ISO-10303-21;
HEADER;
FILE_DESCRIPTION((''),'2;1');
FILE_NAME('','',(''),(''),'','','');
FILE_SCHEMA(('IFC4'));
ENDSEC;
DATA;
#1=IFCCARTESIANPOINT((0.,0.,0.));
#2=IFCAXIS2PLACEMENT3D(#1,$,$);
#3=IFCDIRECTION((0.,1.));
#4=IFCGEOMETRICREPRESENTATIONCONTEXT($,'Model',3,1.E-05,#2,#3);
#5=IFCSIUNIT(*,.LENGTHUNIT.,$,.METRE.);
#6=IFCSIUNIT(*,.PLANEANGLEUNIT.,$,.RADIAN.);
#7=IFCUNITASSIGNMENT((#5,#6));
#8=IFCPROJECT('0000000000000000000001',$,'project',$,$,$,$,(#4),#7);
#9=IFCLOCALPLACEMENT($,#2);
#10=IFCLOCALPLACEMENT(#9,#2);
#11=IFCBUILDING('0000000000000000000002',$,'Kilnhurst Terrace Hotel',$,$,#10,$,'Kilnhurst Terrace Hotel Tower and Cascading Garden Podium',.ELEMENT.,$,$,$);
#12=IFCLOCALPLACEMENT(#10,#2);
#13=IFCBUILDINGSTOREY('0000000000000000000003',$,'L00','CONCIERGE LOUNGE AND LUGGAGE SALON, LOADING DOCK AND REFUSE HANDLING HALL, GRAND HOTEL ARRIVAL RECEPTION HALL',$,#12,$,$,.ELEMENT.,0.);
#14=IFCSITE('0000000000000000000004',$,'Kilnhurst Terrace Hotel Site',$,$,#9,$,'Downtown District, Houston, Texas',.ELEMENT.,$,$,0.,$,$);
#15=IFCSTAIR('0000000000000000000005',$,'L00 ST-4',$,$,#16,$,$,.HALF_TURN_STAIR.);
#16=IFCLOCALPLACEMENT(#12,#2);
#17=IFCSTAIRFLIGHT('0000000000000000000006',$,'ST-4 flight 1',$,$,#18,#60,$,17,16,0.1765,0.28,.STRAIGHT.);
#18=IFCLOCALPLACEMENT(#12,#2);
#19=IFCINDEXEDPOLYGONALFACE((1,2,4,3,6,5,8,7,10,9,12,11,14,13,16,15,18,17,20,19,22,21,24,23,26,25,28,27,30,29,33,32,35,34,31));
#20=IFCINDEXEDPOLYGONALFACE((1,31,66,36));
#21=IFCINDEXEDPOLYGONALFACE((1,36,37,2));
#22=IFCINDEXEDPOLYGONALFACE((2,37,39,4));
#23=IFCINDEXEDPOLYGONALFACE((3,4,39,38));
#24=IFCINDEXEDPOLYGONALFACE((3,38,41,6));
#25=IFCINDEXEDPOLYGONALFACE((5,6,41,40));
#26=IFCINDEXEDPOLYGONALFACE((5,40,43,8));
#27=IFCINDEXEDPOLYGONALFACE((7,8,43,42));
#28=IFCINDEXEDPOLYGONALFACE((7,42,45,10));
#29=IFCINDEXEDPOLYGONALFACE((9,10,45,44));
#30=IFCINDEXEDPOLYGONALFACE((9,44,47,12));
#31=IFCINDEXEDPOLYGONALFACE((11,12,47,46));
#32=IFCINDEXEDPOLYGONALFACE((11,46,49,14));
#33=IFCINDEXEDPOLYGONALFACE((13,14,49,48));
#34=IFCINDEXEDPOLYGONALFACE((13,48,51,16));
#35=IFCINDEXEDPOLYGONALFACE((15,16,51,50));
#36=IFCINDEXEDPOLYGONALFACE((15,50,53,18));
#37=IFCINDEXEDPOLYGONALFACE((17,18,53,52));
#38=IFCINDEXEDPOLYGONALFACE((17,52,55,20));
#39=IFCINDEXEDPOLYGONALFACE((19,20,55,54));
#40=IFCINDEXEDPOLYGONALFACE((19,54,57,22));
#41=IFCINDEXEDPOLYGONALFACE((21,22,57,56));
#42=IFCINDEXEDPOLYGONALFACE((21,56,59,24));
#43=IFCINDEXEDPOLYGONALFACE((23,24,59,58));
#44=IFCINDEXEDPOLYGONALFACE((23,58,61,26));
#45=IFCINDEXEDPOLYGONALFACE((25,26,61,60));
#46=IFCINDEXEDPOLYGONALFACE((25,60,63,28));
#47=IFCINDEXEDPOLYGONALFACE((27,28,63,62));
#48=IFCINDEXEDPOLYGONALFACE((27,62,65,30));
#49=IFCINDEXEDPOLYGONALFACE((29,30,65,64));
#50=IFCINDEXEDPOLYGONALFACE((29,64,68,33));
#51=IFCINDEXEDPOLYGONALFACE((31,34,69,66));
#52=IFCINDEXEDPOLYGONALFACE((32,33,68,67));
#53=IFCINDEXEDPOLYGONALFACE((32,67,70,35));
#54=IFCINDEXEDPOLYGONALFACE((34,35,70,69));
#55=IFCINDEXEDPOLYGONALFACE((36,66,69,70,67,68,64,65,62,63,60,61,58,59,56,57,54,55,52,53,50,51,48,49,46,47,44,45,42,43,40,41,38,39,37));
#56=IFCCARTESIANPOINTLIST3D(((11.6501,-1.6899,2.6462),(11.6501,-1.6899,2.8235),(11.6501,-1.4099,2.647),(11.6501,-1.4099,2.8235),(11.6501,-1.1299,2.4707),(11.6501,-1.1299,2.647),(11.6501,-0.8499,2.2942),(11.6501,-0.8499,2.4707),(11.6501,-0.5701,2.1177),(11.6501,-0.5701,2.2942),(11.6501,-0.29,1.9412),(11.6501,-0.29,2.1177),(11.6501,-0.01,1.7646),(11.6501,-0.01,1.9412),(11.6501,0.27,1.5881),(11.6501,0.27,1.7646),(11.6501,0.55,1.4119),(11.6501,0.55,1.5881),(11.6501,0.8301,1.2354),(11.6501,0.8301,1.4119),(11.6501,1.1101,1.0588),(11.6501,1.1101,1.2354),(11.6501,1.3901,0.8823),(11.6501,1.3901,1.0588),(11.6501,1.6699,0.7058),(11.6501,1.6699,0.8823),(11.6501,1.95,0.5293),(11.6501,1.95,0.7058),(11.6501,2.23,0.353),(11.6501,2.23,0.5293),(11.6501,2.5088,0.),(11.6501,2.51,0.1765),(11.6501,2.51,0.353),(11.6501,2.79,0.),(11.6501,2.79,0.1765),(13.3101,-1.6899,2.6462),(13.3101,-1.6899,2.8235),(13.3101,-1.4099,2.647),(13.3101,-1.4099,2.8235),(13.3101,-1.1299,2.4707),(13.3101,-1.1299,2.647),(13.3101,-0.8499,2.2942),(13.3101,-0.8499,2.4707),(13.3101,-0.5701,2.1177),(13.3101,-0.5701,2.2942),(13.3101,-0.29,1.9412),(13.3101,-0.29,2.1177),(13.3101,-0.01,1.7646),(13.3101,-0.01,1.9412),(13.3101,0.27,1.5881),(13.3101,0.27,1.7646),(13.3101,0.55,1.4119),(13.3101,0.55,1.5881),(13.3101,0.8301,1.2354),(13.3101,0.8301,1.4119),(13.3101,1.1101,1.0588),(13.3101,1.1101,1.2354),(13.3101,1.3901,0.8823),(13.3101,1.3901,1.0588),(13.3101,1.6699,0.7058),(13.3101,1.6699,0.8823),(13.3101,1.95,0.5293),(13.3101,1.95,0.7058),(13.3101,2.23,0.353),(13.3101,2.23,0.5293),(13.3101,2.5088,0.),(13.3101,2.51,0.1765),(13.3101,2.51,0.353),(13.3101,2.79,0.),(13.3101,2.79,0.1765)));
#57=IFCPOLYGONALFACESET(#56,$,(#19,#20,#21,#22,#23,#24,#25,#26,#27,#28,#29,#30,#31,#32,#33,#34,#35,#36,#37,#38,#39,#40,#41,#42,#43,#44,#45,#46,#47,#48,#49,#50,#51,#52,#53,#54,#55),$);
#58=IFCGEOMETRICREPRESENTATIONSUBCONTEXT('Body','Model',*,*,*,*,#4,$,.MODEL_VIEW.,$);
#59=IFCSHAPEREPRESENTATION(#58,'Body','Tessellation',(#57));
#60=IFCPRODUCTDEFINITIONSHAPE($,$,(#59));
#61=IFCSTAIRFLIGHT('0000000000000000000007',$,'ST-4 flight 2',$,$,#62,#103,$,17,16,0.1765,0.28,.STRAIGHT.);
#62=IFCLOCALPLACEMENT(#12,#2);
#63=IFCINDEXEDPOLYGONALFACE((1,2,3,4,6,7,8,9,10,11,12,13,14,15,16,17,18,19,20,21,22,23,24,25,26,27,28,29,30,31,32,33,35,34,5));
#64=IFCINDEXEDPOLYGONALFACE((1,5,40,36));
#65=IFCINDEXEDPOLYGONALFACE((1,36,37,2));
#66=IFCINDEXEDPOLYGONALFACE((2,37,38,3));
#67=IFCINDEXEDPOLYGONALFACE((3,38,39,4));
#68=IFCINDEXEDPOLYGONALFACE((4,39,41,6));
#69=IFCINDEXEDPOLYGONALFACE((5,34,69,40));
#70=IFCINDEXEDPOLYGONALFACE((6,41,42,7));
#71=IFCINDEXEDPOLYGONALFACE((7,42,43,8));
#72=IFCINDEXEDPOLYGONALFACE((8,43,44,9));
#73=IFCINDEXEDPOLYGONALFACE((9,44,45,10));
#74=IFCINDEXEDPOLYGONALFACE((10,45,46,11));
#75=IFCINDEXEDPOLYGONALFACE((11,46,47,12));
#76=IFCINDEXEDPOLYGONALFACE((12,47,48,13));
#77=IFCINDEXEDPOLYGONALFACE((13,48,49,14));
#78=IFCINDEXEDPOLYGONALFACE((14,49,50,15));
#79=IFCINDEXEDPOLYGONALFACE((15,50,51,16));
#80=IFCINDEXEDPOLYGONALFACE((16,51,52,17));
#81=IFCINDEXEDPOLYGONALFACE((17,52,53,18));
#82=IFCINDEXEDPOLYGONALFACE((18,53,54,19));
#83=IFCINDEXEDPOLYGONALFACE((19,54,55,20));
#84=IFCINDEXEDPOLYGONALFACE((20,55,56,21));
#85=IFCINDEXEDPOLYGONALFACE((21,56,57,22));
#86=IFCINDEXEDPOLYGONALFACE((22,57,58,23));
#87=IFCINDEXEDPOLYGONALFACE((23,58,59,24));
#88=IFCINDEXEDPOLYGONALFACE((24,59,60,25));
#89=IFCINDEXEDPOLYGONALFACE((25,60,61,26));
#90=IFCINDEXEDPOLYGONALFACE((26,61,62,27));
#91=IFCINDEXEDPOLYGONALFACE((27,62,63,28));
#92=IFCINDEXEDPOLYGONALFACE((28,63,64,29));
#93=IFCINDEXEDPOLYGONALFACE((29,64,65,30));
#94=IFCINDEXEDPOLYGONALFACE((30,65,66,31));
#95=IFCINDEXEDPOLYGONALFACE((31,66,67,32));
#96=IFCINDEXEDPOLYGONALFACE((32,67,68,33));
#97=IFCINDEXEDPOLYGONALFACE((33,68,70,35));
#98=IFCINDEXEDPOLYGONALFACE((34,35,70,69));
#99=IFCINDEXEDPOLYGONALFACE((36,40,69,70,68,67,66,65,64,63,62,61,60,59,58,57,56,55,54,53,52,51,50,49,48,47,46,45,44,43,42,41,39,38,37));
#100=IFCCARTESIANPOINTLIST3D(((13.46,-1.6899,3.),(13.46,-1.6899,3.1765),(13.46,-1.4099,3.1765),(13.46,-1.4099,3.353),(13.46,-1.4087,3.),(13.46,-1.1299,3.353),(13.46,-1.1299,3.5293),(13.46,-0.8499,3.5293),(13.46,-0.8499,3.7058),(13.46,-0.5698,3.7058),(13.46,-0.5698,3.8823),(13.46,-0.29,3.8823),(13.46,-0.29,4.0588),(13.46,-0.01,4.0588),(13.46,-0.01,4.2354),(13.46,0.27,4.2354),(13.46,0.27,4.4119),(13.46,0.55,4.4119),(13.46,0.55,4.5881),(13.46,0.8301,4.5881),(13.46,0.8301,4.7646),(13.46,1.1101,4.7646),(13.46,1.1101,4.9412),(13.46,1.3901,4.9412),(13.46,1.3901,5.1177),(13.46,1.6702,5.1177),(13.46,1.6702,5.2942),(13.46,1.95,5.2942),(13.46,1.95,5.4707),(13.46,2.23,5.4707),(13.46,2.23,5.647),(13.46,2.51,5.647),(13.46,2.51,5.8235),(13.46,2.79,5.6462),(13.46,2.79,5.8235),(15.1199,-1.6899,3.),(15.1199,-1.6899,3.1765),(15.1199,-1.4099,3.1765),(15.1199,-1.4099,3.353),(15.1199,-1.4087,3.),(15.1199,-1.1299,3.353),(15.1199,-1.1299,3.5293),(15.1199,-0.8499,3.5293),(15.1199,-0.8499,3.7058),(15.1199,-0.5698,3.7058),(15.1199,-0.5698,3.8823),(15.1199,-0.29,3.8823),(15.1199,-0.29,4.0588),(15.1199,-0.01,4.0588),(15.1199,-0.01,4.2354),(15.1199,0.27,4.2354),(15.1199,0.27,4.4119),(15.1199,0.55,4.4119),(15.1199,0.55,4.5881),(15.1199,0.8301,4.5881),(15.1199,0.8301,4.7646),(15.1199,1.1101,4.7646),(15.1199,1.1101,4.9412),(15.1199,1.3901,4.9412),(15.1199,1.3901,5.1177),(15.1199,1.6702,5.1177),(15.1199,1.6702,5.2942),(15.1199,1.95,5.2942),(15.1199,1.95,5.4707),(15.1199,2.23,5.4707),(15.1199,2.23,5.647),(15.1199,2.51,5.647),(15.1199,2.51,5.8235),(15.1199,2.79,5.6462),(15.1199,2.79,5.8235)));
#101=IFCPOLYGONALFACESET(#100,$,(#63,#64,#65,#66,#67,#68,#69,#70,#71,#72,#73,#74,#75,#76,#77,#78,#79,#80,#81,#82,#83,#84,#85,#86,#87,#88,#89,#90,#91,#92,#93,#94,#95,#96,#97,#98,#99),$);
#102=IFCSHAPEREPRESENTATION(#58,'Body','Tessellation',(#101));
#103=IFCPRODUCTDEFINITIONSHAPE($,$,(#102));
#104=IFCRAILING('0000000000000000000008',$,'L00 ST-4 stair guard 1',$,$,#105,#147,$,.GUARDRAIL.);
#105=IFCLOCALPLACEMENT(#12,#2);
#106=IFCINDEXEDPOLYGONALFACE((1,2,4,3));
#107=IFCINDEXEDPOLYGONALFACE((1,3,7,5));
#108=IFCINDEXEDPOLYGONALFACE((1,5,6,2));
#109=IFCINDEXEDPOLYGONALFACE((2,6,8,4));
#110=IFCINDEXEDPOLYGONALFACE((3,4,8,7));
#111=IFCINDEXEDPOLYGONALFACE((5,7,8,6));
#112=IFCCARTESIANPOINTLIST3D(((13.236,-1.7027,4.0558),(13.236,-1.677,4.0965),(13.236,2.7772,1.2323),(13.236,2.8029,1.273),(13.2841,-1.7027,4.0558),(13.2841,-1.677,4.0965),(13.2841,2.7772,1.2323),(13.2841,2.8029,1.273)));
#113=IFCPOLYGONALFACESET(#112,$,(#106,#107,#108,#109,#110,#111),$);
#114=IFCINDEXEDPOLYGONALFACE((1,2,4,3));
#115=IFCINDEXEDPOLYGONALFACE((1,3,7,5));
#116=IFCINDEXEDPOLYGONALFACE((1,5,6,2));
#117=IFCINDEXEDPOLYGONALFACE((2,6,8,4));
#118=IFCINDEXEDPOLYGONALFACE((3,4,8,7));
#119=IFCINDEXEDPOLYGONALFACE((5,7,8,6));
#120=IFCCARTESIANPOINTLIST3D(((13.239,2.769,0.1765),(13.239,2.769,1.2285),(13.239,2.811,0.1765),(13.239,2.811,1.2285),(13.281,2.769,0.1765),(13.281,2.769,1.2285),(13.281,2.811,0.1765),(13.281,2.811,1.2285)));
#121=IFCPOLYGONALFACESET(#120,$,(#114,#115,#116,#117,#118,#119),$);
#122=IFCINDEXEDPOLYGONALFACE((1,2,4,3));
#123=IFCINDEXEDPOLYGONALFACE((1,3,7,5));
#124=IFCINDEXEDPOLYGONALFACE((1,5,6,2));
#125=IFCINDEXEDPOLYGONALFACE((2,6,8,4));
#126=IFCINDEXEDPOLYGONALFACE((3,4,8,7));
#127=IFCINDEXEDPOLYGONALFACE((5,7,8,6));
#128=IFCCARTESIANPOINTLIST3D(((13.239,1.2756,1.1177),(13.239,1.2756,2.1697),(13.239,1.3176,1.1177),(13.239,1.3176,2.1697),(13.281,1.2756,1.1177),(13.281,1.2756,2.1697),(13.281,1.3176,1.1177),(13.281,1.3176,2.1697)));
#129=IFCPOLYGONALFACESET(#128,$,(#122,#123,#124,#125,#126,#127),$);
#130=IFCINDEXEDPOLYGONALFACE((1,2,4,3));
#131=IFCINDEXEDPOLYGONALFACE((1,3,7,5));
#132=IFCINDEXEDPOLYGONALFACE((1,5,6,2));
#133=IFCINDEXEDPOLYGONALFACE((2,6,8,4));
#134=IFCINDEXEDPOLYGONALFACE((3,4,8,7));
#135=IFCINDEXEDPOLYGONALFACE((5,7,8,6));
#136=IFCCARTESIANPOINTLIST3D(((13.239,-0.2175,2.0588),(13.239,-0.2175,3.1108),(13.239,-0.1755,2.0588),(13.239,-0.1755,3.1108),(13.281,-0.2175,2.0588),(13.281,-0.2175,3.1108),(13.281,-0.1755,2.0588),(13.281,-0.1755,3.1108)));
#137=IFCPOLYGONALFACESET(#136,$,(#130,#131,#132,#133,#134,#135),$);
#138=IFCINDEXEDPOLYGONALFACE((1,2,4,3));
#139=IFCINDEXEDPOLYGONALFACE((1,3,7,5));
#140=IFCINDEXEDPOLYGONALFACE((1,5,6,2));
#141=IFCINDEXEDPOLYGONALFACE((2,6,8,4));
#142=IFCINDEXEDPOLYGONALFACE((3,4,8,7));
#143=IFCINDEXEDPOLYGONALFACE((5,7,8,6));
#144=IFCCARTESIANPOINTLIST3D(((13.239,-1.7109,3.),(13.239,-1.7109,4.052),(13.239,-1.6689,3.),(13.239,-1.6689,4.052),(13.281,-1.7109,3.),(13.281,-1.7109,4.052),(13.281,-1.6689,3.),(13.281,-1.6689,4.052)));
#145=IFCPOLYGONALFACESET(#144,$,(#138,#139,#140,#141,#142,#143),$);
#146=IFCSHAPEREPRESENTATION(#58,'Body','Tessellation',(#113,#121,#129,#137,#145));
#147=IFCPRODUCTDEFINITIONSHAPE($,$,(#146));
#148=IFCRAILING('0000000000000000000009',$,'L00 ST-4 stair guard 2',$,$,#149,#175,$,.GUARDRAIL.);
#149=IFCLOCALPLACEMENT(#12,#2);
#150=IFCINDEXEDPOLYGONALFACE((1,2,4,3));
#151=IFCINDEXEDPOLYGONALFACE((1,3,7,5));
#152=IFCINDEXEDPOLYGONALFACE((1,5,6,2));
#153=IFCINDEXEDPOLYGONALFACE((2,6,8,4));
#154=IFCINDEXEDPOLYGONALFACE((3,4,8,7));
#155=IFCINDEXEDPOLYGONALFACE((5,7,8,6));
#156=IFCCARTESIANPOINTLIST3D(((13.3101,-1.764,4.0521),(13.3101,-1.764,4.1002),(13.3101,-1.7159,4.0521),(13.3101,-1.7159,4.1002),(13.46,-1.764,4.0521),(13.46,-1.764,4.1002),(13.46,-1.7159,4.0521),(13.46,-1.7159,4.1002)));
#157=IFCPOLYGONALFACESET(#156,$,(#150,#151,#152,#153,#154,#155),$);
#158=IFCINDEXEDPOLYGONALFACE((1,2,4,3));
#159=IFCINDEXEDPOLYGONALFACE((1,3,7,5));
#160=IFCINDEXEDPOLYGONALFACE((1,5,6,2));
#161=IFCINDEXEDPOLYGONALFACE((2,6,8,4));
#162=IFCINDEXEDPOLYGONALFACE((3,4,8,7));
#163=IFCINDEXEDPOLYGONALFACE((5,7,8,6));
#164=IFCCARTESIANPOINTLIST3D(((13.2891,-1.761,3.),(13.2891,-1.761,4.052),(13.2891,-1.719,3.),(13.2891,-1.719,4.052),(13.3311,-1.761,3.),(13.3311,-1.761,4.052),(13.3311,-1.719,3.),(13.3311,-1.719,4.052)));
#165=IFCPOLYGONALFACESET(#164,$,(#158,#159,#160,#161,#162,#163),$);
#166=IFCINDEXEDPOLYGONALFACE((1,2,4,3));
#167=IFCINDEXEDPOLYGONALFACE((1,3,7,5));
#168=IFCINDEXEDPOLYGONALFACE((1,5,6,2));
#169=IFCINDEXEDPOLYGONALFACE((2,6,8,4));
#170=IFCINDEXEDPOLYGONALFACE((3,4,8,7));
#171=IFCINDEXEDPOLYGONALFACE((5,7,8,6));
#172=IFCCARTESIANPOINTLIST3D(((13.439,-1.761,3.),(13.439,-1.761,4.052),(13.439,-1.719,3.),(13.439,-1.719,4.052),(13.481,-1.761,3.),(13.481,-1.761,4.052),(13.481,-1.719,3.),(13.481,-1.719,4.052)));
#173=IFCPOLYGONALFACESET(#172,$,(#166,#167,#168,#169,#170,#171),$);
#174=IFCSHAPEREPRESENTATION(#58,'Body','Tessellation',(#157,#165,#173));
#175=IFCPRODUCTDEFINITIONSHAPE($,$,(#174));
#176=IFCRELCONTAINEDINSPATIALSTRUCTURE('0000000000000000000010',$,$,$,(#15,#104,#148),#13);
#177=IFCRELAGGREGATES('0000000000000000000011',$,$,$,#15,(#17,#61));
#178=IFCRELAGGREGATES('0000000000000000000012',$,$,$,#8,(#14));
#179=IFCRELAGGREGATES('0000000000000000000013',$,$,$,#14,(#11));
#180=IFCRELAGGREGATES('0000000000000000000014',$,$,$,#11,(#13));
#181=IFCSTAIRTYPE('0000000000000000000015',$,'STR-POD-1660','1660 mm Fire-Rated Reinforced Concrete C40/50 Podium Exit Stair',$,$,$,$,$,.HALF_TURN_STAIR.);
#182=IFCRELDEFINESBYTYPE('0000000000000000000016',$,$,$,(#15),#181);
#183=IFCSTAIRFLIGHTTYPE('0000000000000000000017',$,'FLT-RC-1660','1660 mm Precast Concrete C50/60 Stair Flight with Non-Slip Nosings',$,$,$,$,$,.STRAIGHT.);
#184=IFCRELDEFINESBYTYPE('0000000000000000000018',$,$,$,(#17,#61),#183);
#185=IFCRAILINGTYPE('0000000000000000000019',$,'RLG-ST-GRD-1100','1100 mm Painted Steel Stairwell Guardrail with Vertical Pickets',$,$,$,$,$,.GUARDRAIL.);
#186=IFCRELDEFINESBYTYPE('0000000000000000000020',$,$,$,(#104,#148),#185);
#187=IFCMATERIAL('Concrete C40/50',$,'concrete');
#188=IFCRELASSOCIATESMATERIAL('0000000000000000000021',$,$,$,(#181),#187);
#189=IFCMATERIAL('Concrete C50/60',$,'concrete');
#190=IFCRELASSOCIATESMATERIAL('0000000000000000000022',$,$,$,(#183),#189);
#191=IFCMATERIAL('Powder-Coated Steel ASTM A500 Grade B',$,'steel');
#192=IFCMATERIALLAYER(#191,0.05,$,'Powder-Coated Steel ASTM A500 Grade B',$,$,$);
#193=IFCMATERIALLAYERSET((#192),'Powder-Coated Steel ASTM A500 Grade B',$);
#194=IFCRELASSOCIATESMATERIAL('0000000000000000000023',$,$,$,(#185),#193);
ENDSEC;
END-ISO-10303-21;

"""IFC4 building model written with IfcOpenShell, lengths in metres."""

from ifc_helpers import new_model, si_unit, direction, frame, origin, origin_2d, place, context, subcontext, project, spatial, polyline, rectangle, outline, extrude, material, layer, layer_set, type_object, element, aggregate, save


model = new_model("IFC4")

# Units and contexts
model_context = context("Model", 3, precision=1e-05, world=origin(), true_north=direction((0.0, 1.0)))
body_context = subcontext(model_context, "Body", "Model", "MODEL_VIEW")
ifc_project = project(units=[si_unit("LENGTHUNIT", "METRE"), si_unit("PLANEANGLEUNIT", "RADIAN")], contexts=[model_context])

# Site, building, storey
site_placement = place(None, origin())
site = spatial("IfcSite", under=ifc_project, at=site_placement, Name="Kilnhurst Terrace Hotel Site", LongName="Downtown District, Houston, Texas", CompositionType="ELEMENT", RefElevation=0.0)
building_placement = place(site_placement, origin())
building = spatial("IfcBuilding", under=site, at=building_placement, Name="Kilnhurst Terrace Hotel", LongName="Kilnhurst Terrace Hotel Tower and Cascading Garden Podium", CompositionType="ELEMENT")
storey_placement = place(building_placement, origin())
storey = spatial("IfcBuildingStorey", under=building, at=storey_placement, Name="L00", Description="CONCIERGE LOUNGE AND LUGGAGE SALON, LOADING DOCK AND REFUSE HANDLING HALL, GRAND HOTEL ARRIVAL RECEPTION HALL", CompositionType="ELEMENT", Elevation=0.0)

# Shared definitions
ifc_material_1 = material(Name="Concrete C50/60", Category="concrete")

# Stair, stair flights
ifc_material_2 = material(Name="Concrete C40/50", Category="concrete")
stair_type = type_object("IfcStairType", Name="STR-POD-1660", Description="1660 mm Fire-Rated Reinforced Concrete C40/50 Podium Exit Stair", PredefinedType="HALF_TURN_STAIR", material=ifc_material_2)
stair_placement = place(storey_placement, origin())
stair = element("IfcStair", 1, at=stair_placement, inside=storey, type_object=stair_type, Name="L00 ST-4", PredefinedType="HALF_TURN_STAIR")
stair_flight_type = type_object("IfcStairFlightType", Name="FLT-RC-1660", Description="1660 mm Precast Concrete C50/60 Stair Flight with Non-Slip Nosings", PredefinedType="STRAIGHT", material=ifc_material_1)
stair_flight_1_placement = place(storey_placement, frame((12.48, 2.79, 0.0), z_axis=(0.0, 0.0, 1.0), x_axis=(0.0, -1.0, 0.0)))
stair_flight_1 = element("IfcStairFlight", 2, at=stair_flight_1_placement, type_object=stair_flight_type, Name="ST-4 flight 1", NumberOfRisers=17, NumberOfTreads=16, PredefinedType="STRAIGHT", RiserHeight=0.1765, TreadLength=0.28, context=body_context, shape_type="SweptSolid", body=[
    extrude(outline(polyline([(0.0, 0.0), (0.0, 0.1765), (0.28, 0.1765), (0.28, 0.353), (0.5601, 0.353), (0.5601, 0.5293), (0.8401, 0.5293), (0.8401, 0.7058), (1.1201, 0.7058), (1.1201, 0.8823), (1.3999, 0.8823), (1.3999, 1.0588), (1.6799, 1.0588), (1.6799, 1.2354), (1.96, 1.2354), (1.96, 1.4119), (2.24, 1.4119), (2.24, 1.5881), (2.52, 1.5881), (2.52, 1.7646), (2.8, 1.7646), (2.8, 1.9412), (3.0801, 1.9412), (3.0801, 2.1177), (3.3601, 2.1177), (3.3601, 2.2942), (3.6399, 2.2942), (3.6399, 2.4707), (3.9199, 2.4707), (3.9199, 2.647), (4.2, 2.647), (4.2, 2.8235), (4.48, 2.8235), (4.48, 3.0), (4.48, 2.6462), (0.2812, 0.0), (0.0, 0.0)])), frame((0.0, 0.8301, 0.0), z_axis=(0.0, -1.0, 0.0), x_axis=(1.0, 0.0, 0.0)), (0.0, 0.0, 1.0), 1.6599),
])
stair_flight_2_placement = place(storey_placement, frame((14.29, -1.6899, 3.0), z_axis=(0.0, 0.0, 1.0), x_axis=(0.0, 1.0, 0.0)))
stair_flight_2 = element("IfcStairFlight", 3, at=stair_flight_2_placement, type_object=stair_flight_type, Name="ST-4 flight 2", NumberOfRisers=17, NumberOfTreads=16, PredefinedType="STRAIGHT", RiserHeight=0.1765, TreadLength=0.28, context=body_context, shape_type="SweptSolid", body=[
    extrude(outline(polyline([(0.0, 0.0), (0.0, 0.1765), (0.28, 0.1765), (0.28, 0.353), (0.5601, 0.353), (0.5601, 0.5293), (0.8401, 0.5293), (0.8401, 0.7058), (1.1201, 0.7058), (1.1201, 0.8823), (1.3999, 0.8823), (1.3999, 1.0588), (1.6799, 1.0588), (1.6799, 1.2354), (1.96, 1.2354), (1.96, 1.4119), (2.24, 1.4119), (2.24, 1.5881), (2.52, 1.5881), (2.52, 1.7646), (2.8, 1.7646), (2.8, 1.9412), (3.0801, 1.9412), (3.0801, 2.1177), (3.3601, 2.1177), (3.3601, 2.2942), (3.6399, 2.2942), (3.6399, 2.4707), (3.9199, 2.4707), (3.9199, 2.647), (4.2, 2.647), (4.2, 2.8235), (4.48, 2.8235), (4.48, 3.0), (4.48, 2.6462), (0.2812, 0.0), (0.0, 0.0)])), frame((0.0, 0.8301, 0.0), z_axis=(0.0, -1.0, 0.0), x_axis=(1.0, 0.0, 0.0)), (0.0, 0.0, 1.0), 1.6599),
])
aggregate(stair, [stair_flight_1, stair_flight_2])

# Railings
ifc_material_3 = material(Name="Powder-Coated Steel ASTM A500 Grade B", Category="steel")
ifc_layer_1 = layer(ifc_material_3, 0.05, Name="Powder-Coated Steel ASTM A500 Grade B")
ifc_layer_set_1 = layer_set([ifc_layer_1], Name="Powder-Coated Steel ASTM A500 Grade B")
railing_type_1 = type_object("IfcRailingType", Name="RLG-ST-GRD-1100", Description="1100 mm Painted Steel Stairwell Guardrail with Vertical Pickets", PredefinedType="GUARDRAIL", material=ifc_layer_set_1)
railing_1_placement = place(storey_placement, frame((13.26, 2.79, 0.1765)))
element("IfcRailing", 4, at=railing_1_placement, inside=storey, type_object=railing_type_1, Name="L00 ST-4 stair guard 1", PredefinedType="GUARDRAIL", context=body_context, shape_type="SweptSolid", body=[
    extrude(rectangle(XDim=0.0481, YDim=0.0481, at=origin_2d()), frame((0.0, 0.0, 1.0762), z_axis=(0.0, -0.845998, 0.533186), x_axis=(1.0, 0.0, 0.0)), (0.0, 0.0, 1.0), 5.2954),
    extrude(rectangle(XDim=0.042, YDim=0.042, at=origin_2d()), origin(), (0.0, 0.0, 1.0), 1.052),
    extrude(rectangle(XDim=0.042, YDim=0.042, at=origin_2d()), frame((0.0, -1.4934, 0.9412)), (0.0, 0.0, 1.0), 1.052),
    extrude(rectangle(XDim=0.042, YDim=0.042, at=origin_2d()), frame((0.0, -2.9866, 1.8823)), (0.0, 0.0, 1.0), 1.052),
    extrude(rectangle(XDim=0.042, YDim=0.042, at=origin_2d()), frame((0.0, -4.48, 2.8235)), (0.0, 0.0, 1.0), 1.052),
])
railing_2_placement = place(storey_placement, frame((13.3101, -1.74, 3.0)))
element("IfcRailing", 5, at=railing_2_placement, inside=storey, type_object=railing_type_1, Name="L00 ST-4 stair guard 2", PredefinedType="GUARDRAIL", context=body_context, shape_type="SweptSolid", body=[
    extrude(rectangle(XDim=0.0481, YDim=0.0481, at=origin_2d()), frame((0.0, 0.0, 1.0762), z_axis=(1.0, 0.0, 0.0), x_axis=(0.0, 1.0, 0.0)), (0.0, 0.0, 1.0), 0.1499),
    extrude(rectangle(XDim=0.042, YDim=0.042, at=origin_2d()), origin(), (0.0, 0.0, 1.0), 1.052),
    extrude(rectangle(XDim=0.042, YDim=0.042, at=origin_2d()), frame((0.1499, 0.0, 0.0)), (0.0, 0.0, 1.0), 1.052),
])

save(model, "model.ifc")
